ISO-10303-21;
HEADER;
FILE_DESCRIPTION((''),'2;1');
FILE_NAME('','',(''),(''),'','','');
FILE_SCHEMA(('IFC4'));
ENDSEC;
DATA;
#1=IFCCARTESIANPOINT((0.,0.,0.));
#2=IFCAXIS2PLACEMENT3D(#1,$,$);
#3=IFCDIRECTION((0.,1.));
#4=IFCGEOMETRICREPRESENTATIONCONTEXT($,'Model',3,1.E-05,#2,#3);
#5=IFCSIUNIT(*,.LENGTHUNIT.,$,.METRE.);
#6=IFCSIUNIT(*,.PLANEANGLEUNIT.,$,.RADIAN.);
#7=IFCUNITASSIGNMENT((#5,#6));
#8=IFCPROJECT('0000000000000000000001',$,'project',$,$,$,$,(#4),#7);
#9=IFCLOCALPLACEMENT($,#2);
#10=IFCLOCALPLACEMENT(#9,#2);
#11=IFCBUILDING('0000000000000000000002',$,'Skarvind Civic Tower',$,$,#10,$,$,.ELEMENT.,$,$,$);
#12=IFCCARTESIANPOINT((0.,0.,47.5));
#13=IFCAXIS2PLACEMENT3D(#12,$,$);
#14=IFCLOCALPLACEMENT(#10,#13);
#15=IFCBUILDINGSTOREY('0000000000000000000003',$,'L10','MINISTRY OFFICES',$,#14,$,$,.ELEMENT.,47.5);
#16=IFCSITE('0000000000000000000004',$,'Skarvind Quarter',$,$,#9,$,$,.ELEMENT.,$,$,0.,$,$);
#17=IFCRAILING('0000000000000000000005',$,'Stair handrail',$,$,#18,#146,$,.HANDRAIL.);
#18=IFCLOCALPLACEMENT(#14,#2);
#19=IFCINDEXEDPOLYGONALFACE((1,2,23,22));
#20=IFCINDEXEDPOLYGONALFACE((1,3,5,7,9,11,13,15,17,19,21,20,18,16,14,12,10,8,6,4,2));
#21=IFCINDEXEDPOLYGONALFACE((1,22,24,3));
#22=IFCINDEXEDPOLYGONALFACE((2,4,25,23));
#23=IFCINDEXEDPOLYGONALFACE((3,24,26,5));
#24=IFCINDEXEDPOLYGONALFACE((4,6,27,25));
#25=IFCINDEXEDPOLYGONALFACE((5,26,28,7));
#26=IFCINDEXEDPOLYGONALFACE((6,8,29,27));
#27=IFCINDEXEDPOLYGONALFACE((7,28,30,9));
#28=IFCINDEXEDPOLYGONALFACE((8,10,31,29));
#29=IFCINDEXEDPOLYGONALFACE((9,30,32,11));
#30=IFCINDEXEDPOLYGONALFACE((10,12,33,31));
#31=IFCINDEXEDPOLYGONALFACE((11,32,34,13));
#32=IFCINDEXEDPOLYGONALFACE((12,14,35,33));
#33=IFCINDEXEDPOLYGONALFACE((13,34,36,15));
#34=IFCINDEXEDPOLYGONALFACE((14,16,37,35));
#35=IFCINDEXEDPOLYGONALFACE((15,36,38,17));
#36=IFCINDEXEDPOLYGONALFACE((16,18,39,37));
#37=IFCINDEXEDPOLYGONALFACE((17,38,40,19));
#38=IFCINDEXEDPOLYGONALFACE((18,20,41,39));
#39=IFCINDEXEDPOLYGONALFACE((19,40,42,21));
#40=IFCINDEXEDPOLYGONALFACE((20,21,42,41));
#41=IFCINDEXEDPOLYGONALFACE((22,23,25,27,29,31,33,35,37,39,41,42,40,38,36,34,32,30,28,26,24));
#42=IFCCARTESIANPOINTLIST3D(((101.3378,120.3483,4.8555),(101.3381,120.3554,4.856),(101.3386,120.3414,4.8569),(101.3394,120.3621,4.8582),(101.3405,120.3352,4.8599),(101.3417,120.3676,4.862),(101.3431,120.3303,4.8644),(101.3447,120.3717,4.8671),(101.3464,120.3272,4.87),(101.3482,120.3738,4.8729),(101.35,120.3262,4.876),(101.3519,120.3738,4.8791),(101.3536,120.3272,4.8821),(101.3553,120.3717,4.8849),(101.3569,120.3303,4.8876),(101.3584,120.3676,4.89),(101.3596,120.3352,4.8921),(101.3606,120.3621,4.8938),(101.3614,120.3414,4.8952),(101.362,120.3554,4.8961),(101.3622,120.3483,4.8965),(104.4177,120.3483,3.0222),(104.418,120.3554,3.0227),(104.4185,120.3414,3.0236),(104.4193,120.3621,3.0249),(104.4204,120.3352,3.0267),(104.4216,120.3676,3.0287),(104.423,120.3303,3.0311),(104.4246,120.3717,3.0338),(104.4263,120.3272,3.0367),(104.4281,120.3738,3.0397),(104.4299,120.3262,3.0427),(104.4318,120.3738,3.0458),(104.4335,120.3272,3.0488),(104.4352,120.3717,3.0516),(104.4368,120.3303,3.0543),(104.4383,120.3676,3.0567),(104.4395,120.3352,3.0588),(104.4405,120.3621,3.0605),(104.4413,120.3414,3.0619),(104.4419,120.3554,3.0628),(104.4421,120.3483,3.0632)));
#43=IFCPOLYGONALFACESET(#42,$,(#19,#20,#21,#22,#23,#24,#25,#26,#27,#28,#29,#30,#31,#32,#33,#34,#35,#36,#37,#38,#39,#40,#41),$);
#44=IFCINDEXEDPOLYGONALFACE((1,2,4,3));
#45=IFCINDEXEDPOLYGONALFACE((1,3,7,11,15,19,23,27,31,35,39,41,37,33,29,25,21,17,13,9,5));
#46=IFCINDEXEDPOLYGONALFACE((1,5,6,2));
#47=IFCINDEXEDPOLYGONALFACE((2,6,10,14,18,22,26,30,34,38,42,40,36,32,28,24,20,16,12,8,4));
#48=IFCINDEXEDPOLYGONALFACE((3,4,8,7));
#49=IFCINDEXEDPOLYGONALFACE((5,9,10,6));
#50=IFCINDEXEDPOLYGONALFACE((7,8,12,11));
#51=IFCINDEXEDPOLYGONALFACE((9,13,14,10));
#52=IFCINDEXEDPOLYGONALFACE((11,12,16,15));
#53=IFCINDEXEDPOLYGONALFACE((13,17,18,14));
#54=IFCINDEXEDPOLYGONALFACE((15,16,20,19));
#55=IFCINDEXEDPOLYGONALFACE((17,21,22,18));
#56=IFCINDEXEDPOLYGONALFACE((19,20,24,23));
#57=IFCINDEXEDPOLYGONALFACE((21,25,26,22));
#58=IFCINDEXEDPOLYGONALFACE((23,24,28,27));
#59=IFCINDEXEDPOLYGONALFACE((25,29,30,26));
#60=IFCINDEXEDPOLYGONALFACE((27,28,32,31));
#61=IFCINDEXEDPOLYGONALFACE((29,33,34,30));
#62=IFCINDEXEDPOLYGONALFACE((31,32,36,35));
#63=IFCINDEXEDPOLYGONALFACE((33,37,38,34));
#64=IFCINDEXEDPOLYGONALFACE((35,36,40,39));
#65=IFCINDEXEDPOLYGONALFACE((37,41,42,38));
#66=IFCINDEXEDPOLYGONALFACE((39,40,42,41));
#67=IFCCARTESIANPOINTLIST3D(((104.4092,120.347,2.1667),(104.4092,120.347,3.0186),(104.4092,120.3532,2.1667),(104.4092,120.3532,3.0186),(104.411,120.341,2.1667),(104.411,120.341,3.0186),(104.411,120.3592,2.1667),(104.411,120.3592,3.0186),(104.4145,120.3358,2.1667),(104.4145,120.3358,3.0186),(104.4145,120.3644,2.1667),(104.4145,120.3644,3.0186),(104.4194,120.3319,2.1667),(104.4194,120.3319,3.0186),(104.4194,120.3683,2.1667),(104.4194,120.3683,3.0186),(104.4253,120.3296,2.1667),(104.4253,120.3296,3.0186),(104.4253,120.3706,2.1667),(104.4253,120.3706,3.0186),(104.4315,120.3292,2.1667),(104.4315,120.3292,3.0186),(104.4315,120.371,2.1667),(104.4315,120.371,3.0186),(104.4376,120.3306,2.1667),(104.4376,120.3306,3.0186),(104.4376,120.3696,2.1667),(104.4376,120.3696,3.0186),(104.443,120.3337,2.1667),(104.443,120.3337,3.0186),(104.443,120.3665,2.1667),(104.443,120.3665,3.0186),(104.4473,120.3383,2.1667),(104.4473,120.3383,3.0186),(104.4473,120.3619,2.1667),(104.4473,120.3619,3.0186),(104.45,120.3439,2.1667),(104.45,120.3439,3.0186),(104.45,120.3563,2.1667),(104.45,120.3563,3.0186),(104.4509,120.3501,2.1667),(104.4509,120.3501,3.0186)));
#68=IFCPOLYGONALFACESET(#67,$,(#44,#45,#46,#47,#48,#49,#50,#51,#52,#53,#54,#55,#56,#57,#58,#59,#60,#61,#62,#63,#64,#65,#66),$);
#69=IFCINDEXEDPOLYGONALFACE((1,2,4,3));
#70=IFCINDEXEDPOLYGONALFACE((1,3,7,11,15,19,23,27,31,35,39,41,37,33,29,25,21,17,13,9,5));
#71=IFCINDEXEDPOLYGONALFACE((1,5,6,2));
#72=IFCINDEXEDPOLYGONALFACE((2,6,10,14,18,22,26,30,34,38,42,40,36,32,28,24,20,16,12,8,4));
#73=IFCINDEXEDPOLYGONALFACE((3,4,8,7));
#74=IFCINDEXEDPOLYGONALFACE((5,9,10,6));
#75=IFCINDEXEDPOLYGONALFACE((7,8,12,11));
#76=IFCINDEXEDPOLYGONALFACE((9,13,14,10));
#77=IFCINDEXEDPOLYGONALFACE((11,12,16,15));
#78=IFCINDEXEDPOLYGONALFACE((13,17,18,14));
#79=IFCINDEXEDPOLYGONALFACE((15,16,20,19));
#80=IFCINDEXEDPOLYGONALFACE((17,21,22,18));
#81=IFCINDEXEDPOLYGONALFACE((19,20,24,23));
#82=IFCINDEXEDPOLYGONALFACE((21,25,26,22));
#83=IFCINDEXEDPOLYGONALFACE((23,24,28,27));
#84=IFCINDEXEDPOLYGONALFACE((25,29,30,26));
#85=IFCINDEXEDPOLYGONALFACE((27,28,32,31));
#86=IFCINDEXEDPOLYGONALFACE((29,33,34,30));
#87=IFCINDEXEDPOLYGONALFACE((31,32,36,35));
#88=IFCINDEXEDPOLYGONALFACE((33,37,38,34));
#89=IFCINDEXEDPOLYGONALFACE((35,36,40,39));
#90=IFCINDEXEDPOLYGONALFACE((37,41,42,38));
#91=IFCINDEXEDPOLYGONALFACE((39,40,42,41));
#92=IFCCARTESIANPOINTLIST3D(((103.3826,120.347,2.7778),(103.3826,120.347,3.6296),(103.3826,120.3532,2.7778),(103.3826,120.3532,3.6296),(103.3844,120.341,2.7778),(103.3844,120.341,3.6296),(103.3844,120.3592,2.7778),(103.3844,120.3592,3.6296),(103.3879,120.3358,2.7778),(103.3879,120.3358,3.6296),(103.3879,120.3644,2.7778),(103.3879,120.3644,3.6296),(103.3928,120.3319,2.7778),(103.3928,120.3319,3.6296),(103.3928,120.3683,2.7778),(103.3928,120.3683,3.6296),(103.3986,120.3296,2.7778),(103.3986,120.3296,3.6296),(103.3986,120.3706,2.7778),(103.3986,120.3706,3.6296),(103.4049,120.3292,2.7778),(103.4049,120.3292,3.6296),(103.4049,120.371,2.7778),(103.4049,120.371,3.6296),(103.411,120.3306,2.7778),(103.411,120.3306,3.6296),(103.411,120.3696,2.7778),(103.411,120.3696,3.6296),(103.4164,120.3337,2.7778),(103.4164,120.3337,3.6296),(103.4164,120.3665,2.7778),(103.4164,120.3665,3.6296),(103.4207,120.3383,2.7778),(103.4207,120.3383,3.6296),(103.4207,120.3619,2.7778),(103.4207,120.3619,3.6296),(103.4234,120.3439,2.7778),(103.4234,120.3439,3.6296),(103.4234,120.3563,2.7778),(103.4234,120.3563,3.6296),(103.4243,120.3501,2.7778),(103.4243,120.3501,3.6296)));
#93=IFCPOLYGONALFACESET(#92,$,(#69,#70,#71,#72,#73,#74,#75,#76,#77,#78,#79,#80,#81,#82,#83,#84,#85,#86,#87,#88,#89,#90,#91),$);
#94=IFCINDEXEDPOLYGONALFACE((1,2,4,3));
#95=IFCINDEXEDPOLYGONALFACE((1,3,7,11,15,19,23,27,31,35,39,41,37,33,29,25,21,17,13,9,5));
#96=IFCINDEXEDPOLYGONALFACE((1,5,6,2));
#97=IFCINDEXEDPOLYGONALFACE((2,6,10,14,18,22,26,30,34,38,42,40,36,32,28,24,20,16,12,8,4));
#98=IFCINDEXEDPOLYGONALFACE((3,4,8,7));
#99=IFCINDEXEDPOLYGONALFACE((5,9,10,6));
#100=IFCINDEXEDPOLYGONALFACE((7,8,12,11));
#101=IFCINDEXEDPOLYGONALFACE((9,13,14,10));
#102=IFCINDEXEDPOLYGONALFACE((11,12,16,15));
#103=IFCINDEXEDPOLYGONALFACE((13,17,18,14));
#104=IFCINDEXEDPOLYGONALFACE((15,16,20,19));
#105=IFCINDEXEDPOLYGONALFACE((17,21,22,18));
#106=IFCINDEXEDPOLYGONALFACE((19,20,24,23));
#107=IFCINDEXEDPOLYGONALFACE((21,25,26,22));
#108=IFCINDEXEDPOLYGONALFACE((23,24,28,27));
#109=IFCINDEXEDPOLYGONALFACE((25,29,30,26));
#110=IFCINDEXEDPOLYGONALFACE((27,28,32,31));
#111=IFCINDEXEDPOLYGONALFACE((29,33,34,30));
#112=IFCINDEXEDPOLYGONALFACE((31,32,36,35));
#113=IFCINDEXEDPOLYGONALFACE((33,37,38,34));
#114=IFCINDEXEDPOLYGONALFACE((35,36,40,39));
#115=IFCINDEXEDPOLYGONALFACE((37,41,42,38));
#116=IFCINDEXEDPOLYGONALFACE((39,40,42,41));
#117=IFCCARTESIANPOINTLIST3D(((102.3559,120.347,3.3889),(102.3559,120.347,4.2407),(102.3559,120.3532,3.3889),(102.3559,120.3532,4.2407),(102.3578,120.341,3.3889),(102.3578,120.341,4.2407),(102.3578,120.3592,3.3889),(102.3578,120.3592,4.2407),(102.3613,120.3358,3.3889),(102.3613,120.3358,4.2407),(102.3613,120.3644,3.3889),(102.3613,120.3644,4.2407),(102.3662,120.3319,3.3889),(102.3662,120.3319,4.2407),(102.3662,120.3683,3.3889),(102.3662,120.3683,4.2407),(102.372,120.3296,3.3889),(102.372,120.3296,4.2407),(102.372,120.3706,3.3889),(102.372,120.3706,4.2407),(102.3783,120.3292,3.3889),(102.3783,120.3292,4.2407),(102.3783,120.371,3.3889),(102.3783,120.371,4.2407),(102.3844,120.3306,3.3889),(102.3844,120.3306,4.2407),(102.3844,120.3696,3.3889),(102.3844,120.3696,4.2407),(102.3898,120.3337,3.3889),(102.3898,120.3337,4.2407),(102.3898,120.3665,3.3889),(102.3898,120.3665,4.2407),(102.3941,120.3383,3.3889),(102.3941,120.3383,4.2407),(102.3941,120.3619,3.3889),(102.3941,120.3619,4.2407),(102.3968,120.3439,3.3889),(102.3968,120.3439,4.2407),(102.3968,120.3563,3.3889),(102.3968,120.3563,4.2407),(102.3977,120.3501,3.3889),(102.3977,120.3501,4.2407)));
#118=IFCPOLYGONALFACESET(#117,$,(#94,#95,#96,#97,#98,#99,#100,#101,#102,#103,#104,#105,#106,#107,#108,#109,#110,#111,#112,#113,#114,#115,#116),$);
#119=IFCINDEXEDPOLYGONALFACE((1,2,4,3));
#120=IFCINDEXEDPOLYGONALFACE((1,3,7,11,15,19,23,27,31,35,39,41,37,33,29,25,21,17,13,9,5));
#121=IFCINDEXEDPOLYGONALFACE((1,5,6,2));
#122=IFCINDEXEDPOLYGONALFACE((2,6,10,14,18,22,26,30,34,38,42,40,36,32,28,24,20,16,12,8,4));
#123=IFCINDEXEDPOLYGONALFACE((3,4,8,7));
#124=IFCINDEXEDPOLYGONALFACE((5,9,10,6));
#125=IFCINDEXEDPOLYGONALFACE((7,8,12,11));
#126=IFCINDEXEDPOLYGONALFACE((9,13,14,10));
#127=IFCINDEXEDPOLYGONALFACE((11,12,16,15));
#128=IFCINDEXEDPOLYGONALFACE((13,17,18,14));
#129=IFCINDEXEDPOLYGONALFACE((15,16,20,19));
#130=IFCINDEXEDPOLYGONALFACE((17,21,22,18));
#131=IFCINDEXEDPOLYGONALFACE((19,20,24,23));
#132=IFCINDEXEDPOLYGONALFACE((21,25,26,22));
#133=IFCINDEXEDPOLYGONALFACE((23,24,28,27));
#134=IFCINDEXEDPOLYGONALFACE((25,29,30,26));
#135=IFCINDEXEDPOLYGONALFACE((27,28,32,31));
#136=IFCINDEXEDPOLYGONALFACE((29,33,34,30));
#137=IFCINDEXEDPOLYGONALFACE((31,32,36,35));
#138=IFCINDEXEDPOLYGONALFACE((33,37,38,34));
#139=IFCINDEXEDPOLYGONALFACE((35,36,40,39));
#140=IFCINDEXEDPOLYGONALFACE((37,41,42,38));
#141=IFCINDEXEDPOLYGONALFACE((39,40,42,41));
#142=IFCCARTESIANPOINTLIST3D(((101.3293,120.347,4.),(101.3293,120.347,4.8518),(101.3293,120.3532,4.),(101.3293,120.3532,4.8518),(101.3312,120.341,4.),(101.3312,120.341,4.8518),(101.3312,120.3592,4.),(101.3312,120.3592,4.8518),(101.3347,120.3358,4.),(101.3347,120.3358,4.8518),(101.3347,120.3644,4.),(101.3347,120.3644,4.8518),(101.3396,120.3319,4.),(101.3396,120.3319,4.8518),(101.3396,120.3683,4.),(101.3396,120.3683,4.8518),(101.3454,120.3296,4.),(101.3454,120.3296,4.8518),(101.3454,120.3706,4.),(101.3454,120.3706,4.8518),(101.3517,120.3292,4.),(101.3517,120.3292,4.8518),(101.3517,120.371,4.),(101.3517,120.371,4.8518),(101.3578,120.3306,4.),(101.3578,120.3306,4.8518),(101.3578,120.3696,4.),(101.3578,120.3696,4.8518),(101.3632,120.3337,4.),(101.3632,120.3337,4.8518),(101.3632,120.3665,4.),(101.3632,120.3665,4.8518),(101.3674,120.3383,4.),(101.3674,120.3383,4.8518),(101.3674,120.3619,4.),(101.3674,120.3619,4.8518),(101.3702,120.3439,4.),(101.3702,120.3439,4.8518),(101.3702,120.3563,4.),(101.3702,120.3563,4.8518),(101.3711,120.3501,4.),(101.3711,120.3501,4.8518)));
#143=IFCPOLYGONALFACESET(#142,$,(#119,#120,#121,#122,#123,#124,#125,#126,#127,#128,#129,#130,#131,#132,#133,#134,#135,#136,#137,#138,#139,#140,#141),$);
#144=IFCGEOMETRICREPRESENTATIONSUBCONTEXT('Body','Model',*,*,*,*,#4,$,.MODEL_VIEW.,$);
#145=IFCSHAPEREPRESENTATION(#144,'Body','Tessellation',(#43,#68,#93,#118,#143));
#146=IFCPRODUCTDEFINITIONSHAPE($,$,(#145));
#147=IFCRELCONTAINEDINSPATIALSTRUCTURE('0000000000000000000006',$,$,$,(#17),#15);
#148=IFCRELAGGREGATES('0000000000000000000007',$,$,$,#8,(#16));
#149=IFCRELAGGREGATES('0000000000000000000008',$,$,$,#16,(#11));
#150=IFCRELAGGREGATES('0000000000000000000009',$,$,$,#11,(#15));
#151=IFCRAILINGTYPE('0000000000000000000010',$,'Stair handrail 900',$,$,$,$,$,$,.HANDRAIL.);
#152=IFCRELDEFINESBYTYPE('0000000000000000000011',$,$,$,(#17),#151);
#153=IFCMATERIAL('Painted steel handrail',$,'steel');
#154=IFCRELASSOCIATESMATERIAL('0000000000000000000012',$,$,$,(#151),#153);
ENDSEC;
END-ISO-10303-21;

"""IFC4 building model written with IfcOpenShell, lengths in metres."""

from ifc_helpers import new_model, si_unit, direction, frame, origin, origin_2d, place, context, subcontext, project, spatial, circle, extrude, material, type_object, element, save


model = new_model("IFC4")

# Units and contexts
model_context = context("Model", 3, precision=1e-05, world=origin(), true_north=direction((0.0, 1.0)))
body_context = subcontext(model_context, "Body", "Model", "MODEL_VIEW")
ifc_project = project(units=[si_unit("LENGTHUNIT", "METRE"), si_unit("PLANEANGLEUNIT", "RADIAN")], contexts=[model_context])

# Site, building, storey
site_placement = place(None, origin())
site = spatial("IfcSite", under=ifc_project, at=site_placement, Name="Skarvind Quarter", CompositionType="ELEMENT", RefElevation=0.0)
building_placement = place(site_placement, origin())
building = spatial("IfcBuilding", under=site, at=building_placement, Name="Skarvind Civic Tower", CompositionType="ELEMENT")
storey_placement = place(building_placement, frame((0.0, 0.0, 47.5)))
storey = spatial("IfcBuildingStorey", under=building, at=storey_placement, Name="L10", Description="MINISTRY OFFICES", CompositionType="ELEMENT", Elevation=47.5)

# Railing
ifc_material_1 = material(Name="Painted steel handrail", Category="steel")
railing_type = type_object("IfcRailingType", Name="Stair handrail 900", PredefinedType="HANDRAIL", material=ifc_material_1)
railing_1_placement = place(storey_placement, frame((104.4299, 120.3501, 2.1667)))
element("IfcRailing", 1, at=railing_1_placement, inside=storey, type_object=railing_type, Name="Stair handrail", PredefinedType="HANDRAIL", context=body_context, shape_type="SweptSolid", body=[
    extrude(circle(Radius=0.0239, at=origin_2d()), frame((0.0, 0.0, 0.876), z_axis=(-0.859291, 0.0, 0.511487), x_axis=(0.0, -1.0, 0.0)), (0.0, 0.0, 1.0), 3.5842),
    extrude(circle(Radius=0.021, at=origin_2d()), origin(), (0.0, 0.0, 1.0), 0.8518),
    extrude(circle(Radius=0.021, at=origin_2d()), frame((-1.0266, 0.0, 0.6111)), (0.0, 0.0, 1.0), 0.8518),
    extrude(circle(Radius=0.021, at=origin_2d()), frame((-2.0532, 0.0, 1.2222)), (0.0, 0.0, 1.0), 0.8518),
    extrude(circle(Radius=0.021, at=origin_2d()), frame((-3.0798, 0.0, 1.8333)), (0.0, 0.0, 1.0), 0.8518),
])

save(model, "model.ifc")
